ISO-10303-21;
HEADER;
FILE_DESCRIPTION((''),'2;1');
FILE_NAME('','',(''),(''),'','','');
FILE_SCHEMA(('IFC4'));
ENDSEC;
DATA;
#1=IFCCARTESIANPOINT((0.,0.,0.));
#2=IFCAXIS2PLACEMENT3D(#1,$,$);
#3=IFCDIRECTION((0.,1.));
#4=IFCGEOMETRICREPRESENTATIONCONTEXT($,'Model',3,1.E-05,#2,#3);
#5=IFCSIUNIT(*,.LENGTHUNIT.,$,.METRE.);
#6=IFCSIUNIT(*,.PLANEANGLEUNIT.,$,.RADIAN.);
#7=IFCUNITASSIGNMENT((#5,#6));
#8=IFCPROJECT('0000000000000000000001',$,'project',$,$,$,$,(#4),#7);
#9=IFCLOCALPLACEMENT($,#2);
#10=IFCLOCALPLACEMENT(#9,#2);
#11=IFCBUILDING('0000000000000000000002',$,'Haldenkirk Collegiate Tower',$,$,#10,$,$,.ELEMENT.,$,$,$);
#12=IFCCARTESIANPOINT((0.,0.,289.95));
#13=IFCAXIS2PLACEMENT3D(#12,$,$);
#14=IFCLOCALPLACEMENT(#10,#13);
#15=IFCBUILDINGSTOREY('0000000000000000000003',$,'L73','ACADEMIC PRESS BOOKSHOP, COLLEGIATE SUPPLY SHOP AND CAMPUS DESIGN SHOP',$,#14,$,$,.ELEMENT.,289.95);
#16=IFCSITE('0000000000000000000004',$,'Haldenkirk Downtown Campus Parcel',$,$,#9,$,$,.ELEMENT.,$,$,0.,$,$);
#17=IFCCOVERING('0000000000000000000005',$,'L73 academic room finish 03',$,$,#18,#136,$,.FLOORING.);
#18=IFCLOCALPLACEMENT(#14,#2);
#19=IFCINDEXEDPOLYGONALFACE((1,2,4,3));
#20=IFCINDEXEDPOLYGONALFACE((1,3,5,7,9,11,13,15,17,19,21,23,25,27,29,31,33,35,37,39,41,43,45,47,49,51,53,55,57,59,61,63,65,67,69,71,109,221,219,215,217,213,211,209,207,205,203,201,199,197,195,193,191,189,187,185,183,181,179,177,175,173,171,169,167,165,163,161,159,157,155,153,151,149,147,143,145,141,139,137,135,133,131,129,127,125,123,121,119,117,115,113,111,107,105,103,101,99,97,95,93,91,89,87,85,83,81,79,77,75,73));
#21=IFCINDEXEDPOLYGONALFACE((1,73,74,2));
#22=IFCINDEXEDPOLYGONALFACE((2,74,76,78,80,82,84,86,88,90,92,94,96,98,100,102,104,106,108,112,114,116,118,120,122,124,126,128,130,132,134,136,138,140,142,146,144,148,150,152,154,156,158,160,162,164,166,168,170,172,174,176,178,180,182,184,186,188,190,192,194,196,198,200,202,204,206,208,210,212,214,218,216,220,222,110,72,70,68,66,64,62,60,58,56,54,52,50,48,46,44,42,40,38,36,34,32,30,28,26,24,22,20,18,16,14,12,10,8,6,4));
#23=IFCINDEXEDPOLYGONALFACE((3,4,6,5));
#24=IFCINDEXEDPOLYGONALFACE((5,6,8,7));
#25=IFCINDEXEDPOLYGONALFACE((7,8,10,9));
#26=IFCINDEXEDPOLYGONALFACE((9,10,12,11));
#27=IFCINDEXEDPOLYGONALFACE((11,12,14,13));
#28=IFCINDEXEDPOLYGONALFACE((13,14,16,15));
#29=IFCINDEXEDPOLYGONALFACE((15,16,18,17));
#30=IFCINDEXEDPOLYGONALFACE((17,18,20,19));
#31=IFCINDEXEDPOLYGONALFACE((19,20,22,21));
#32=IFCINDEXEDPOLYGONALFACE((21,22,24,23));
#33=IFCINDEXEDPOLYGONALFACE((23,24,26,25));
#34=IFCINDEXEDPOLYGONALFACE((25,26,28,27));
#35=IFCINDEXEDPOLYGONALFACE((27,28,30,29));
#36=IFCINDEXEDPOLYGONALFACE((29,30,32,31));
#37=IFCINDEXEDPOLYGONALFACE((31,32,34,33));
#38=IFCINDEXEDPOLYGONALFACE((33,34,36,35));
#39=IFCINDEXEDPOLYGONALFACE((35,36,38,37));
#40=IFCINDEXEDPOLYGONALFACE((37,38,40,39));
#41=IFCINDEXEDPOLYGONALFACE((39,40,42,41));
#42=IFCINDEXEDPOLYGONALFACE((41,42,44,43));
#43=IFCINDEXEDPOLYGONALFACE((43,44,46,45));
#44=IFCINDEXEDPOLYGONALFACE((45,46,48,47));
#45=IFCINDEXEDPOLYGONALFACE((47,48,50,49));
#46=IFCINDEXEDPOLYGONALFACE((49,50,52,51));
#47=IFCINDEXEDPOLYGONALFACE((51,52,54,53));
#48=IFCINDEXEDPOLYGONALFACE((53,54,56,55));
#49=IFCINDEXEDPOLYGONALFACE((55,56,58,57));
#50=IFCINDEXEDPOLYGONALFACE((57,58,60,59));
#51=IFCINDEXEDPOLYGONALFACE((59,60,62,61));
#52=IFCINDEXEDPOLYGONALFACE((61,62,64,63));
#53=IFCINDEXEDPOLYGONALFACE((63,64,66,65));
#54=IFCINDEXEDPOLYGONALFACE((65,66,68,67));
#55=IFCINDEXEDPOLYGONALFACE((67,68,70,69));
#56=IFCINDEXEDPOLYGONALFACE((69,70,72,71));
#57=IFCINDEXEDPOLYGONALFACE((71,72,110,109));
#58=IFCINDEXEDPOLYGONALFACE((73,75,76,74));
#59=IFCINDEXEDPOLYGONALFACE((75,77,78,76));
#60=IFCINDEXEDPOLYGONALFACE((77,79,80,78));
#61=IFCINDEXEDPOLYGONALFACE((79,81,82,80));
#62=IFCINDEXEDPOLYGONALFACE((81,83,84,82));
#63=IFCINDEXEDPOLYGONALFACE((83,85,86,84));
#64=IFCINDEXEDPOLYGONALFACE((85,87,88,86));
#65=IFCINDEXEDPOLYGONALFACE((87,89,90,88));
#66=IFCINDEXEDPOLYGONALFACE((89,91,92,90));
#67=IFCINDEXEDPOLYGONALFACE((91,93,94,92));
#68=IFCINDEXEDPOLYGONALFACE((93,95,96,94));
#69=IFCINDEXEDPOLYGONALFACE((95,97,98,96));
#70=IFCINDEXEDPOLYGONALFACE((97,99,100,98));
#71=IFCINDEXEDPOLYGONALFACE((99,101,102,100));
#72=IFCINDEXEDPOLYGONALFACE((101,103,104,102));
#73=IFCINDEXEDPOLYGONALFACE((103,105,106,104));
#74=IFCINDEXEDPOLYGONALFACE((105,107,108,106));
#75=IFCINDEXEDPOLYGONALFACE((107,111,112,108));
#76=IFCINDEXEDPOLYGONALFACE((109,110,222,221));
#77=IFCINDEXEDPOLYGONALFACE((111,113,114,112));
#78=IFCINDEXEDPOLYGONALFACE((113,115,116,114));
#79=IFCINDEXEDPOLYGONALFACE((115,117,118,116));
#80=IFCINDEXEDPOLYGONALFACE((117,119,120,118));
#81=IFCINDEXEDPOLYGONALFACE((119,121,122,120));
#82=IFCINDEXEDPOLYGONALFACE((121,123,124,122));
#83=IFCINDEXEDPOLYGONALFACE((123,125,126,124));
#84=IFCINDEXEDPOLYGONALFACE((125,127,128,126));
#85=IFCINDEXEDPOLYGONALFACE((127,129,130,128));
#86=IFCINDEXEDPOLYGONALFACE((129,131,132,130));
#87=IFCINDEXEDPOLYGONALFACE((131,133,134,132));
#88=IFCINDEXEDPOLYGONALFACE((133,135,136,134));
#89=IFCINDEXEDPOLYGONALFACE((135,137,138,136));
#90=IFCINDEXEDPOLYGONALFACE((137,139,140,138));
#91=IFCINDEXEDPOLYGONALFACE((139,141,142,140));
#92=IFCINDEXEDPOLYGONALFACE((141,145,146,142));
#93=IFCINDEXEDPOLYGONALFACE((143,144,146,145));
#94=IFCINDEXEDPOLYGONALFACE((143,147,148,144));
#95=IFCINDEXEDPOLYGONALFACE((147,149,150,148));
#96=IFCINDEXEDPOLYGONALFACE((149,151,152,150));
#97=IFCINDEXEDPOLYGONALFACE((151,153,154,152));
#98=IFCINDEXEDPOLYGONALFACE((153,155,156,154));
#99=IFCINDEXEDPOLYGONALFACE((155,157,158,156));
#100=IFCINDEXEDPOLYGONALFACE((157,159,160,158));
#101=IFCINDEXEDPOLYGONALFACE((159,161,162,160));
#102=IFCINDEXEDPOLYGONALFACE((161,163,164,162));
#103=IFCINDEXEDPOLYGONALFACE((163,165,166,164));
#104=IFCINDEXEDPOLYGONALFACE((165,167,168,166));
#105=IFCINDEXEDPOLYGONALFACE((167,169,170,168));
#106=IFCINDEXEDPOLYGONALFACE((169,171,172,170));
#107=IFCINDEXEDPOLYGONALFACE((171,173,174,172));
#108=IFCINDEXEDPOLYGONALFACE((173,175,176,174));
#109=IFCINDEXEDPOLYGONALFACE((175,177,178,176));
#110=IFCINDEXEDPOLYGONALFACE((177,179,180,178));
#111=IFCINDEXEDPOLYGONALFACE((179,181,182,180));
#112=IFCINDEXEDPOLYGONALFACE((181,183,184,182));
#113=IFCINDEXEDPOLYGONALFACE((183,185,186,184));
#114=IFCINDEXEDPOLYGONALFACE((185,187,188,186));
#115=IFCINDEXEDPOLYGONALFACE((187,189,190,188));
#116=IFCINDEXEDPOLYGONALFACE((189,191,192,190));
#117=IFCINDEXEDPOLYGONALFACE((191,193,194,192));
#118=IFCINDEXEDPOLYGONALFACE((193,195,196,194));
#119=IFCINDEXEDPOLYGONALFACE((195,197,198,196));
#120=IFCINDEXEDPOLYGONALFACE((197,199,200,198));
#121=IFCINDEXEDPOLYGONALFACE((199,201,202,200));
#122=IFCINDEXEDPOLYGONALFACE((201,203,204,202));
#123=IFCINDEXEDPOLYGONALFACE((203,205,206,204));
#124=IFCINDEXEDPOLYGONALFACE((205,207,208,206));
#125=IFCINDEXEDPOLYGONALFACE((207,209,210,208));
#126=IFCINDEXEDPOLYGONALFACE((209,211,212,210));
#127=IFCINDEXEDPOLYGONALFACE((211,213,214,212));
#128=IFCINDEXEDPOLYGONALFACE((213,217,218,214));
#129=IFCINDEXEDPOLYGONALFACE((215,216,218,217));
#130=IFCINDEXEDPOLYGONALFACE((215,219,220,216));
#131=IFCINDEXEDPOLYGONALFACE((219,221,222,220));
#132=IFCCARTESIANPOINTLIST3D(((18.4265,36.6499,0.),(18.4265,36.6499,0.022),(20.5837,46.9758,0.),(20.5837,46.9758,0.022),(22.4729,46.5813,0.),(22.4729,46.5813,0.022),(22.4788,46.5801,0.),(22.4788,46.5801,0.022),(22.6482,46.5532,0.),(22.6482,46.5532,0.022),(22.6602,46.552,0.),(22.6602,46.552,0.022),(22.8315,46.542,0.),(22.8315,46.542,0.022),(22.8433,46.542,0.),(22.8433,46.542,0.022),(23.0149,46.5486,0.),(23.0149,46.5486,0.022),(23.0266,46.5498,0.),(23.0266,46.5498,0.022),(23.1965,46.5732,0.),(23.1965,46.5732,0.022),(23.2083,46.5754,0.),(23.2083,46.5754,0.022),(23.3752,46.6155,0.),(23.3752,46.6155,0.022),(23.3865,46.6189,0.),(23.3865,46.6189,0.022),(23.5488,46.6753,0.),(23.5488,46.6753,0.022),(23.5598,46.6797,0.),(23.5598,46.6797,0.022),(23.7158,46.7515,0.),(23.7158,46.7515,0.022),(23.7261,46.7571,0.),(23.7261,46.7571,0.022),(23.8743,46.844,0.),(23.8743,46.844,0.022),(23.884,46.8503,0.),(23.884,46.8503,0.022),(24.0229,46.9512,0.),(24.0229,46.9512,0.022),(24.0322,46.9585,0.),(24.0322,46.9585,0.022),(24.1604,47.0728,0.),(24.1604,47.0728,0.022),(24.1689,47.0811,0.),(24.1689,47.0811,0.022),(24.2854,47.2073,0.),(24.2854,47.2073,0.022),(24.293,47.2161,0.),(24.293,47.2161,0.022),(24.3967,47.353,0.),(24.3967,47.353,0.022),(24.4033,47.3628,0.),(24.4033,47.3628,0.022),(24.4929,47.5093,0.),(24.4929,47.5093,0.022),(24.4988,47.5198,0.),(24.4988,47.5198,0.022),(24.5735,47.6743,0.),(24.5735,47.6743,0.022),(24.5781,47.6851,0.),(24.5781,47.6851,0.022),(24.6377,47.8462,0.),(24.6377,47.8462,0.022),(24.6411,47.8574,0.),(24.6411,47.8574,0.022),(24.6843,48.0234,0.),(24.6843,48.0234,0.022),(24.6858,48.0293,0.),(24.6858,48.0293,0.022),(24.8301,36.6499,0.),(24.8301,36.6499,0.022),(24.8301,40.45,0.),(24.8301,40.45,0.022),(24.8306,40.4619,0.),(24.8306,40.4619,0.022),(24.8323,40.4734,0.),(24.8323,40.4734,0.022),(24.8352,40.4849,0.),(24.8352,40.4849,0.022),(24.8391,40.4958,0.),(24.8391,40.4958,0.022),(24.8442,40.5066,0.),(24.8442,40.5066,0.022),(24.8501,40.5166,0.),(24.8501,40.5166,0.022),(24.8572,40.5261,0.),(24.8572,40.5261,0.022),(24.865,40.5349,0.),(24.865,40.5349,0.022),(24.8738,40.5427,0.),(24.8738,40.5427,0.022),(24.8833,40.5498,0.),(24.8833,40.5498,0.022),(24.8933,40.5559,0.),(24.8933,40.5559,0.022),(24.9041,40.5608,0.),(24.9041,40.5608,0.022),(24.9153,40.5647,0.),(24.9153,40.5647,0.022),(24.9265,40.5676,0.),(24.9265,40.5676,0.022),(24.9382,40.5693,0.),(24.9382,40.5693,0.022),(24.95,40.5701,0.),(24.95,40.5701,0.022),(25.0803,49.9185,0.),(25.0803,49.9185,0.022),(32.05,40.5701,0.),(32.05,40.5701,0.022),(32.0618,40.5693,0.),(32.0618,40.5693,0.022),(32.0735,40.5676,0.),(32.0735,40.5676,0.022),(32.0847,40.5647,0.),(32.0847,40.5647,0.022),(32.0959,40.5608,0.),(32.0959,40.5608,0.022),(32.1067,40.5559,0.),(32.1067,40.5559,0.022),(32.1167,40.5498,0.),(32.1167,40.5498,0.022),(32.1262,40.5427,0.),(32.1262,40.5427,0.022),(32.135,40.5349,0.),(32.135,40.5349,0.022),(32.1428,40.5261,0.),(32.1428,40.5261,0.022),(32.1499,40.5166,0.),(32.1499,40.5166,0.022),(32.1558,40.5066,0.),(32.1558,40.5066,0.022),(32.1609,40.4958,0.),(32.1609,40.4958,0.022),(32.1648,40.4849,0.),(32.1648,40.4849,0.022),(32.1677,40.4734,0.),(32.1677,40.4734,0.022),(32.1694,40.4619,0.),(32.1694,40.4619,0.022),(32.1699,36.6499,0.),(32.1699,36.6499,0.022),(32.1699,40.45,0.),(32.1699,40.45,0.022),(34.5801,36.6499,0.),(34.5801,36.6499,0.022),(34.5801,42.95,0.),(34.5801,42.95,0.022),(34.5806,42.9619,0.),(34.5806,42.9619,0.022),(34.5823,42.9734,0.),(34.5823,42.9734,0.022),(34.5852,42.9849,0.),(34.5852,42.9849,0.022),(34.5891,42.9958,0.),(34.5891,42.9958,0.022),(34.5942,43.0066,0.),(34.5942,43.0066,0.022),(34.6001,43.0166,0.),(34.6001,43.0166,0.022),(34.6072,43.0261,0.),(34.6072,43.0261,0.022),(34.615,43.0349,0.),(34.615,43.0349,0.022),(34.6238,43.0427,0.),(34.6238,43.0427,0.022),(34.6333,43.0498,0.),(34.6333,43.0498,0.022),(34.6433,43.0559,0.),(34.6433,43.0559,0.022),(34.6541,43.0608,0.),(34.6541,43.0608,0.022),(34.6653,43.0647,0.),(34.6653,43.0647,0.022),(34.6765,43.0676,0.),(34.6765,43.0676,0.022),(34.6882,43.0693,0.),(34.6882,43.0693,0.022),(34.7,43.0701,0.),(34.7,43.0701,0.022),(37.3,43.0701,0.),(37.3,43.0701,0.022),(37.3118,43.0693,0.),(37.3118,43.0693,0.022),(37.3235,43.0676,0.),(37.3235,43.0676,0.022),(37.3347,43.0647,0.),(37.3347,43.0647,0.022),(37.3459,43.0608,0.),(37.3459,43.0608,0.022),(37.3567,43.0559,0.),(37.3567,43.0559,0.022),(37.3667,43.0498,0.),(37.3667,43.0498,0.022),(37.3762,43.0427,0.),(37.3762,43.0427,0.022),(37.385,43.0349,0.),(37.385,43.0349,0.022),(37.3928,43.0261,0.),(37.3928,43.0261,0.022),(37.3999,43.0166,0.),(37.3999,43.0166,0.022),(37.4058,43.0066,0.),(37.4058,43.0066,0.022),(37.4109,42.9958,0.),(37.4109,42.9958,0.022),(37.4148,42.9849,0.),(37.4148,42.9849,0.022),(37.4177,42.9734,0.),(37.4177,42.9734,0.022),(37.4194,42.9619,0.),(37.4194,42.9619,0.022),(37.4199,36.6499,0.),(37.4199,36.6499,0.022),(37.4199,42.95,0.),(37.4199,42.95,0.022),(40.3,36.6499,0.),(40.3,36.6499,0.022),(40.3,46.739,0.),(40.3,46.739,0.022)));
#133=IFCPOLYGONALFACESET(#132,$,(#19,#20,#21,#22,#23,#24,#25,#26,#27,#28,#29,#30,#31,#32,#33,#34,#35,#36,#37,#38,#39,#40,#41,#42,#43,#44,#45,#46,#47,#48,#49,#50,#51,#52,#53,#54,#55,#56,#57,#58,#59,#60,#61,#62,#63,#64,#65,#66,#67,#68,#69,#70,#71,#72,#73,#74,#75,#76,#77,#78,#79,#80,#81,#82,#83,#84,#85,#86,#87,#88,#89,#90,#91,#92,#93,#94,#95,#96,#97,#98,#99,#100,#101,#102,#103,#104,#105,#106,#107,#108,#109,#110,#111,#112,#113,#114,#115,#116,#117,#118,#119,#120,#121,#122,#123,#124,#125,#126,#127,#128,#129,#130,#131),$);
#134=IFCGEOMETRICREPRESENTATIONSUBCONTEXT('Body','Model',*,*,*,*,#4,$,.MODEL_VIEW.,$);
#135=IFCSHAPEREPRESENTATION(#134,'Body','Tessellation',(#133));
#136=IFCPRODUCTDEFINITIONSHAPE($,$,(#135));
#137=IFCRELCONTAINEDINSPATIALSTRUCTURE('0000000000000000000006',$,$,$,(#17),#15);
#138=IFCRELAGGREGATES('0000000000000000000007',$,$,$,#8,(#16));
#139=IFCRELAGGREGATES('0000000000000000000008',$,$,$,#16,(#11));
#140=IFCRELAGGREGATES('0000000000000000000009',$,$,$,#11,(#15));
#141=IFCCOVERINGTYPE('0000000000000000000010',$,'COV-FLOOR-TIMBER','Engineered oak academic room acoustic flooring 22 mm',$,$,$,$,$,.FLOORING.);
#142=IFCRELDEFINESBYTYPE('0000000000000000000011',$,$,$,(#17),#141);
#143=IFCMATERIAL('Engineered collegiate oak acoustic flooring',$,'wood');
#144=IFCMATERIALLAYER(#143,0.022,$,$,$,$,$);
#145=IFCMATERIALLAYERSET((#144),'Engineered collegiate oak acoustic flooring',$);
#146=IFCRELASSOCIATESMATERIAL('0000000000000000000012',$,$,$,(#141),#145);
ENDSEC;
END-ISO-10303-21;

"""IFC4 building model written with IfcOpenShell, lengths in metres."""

from ifc_helpers import new_model, si_unit, direction, frame, origin, place, context, subcontext, project, spatial, polyline, outline, extrude, material, layer, layer_set, type_object, element, save


model = new_model("IFC4")

# Units and contexts
model_context = context("Model", 3, precision=1e-05, world=origin(), true_north=direction((0.0, 1.0)))
body_context = subcontext(model_context, "Body", "Model", "MODEL_VIEW")
ifc_project = project(units=[si_unit("LENGTHUNIT", "METRE"), si_unit("PLANEANGLEUNIT", "RADIAN")], contexts=[model_context])

# Site, building, storey
site_placement = place(None, origin())
site = spatial("IfcSite", under=ifc_project, at=site_placement, Name="Haldenkirk Downtown Campus Parcel", CompositionType="ELEMENT", RefElevation=0.0)
building_placement = place(site_placement, origin())
building = spatial("IfcBuilding", under=site, at=building_placement, Name="Haldenkirk Collegiate Tower", CompositionType="ELEMENT")
storey_placement = place(building_placement, frame((0.0, 0.0, 289.95)))
storey = spatial("IfcBuildingStorey", under=building, at=storey_placement, Name="L73", Description="ACADEMIC PRESS BOOKSHOP, COLLEGIATE SUPPLY SHOP AND CAMPUS DESIGN SHOP", CompositionType="ELEMENT", Elevation=289.95)

# Covering
ifc_material_1 = material(Name="Engineered collegiate oak acoustic flooring", Category="wood")
ifc_layer_1 = layer(ifc_material_1, 0.022)
ifc_layer_set_1 = layer_set([ifc_layer_1], Name="Engineered collegiate oak acoustic flooring")
covering_type_1 = type_object("IfcCoveringType", Name="COV-FLOOR-TIMBER", Description="Engineered oak academic room acoustic flooring 22 mm", PredefinedType="FLOORING", material=ifc_layer_set_1)
covering_1_placement = place(storey_placement, origin())
element("IfcCovering", 1, at=covering_1_placement, inside=storey, type_object=covering_type_1, Name="L73 academic room finish 03", PredefinedType="FLOORING", context=body_context, shape_type="SweptSolid", body=[
    extrude(outline(polyline([(22.4729, 46.5813), (22.4788, 46.5801), (22.6482, 46.5532), (22.6602, 46.552), (22.8315, 46.542), (22.8433, 46.542), (23.0149, 46.5486), (23.0266, 46.5498), (23.1965, 46.5732), (23.2083, 46.5754), (23.3752, 46.6155), (23.3865, 46.6189), (23.5488, 46.6753), (23.5598, 46.6797), (23.7158, 46.7515), (23.7261, 46.7571), (23.8743, 46.844), (23.884, 46.8503), (24.0229, 46.9512), (24.0322, 46.9585), (24.1604, 47.0728), (24.1689, 47.0811), (24.2854, 47.2073), (24.293, 47.2161), (24.3967, 47.353), (24.4033, 47.3628), (24.4929, 47.5093), (24.4988, 47.5198), (24.5735, 47.6743), (24.5781, 47.6851), (24.6377, 47.8462), (24.6411, 47.8574), (24.6843, 48.0234), (24.6858, 48.0293), (25.0803, 49.9185), (40.3, 46.739), (40.3, 36.6499), (37.4199, 36.6499), (37.4199, 42.95), (37.4194, 42.9619), (37.4177, 42.9734), (37.4148, 42.9849), (37.4109, 42.9958), (37.4058, 43.0066), (37.3999, 43.0166), (37.3928, 43.0261), (37.385, 43.0349), (37.3762, 43.0427), (37.3667, 43.0498), (37.3567, 43.0559), (37.3459, 43.0608), (37.3347, 43.0647), (37.3235, 43.0676), (37.3118, 43.0693), (37.3, 43.0701), (34.7, 43.0701), (34.6882, 43.0693), (34.6765, 43.0676), (34.6653, 43.0647), (34.6541, 43.0608), (34.6433, 43.0559), (34.6333, 43.0498), (34.6238, 43.0427), (34.615, 43.0349), (34.6072, 43.0261), (34.6001, 43.0166), (34.5942, 43.0066), (34.5891, 42.9958), (34.5852, 42.9849), (34.5823, 42.9734), (34.5806, 42.9619), (34.5801, 42.95), (34.5801, 36.6499), (32.1699, 36.6499), (32.1699, 40.45), (32.1694, 40.4619), (32.1677, 40.4734), (32.1648, 40.4849), (32.1609, 40.4958), (32.1558, 40.5066), (32.1499, 40.5166), (32.1428, 40.5261), (32.135, 40.5349), (32.1262, 40.5427), (32.1167, 40.5498), (32.1067, 40.5559), (32.0959, 40.5608), (32.0847, 40.5647), (32.0735, 40.5676), (32.0618, 40.5693), (32.05, 40.5701), (24.95, 40.5701), (24.9382, 40.5693), (24.9265, 40.5676), (24.9153, 40.5647), (24.9041, 40.5608), (24.8933, 40.5559), (24.8833, 40.5498), (24.8738, 40.5427), (24.865, 40.5349), (24.8572, 40.5261), (24.8501, 40.5166), (24.8442, 40.5066), (24.8391, 40.4958), (24.8352, 40.4849), (24.8323, 40.4734), (24.8306, 40.4619), (24.8301, 40.45), (24.8301, 36.6499), (18.4265, 36.6499), (20.5837, 46.9758), (22.4729, 46.5813)])), origin(), (0.0, 0.0, 1.0), 0.022),
])

save(model, "model.ifc")
